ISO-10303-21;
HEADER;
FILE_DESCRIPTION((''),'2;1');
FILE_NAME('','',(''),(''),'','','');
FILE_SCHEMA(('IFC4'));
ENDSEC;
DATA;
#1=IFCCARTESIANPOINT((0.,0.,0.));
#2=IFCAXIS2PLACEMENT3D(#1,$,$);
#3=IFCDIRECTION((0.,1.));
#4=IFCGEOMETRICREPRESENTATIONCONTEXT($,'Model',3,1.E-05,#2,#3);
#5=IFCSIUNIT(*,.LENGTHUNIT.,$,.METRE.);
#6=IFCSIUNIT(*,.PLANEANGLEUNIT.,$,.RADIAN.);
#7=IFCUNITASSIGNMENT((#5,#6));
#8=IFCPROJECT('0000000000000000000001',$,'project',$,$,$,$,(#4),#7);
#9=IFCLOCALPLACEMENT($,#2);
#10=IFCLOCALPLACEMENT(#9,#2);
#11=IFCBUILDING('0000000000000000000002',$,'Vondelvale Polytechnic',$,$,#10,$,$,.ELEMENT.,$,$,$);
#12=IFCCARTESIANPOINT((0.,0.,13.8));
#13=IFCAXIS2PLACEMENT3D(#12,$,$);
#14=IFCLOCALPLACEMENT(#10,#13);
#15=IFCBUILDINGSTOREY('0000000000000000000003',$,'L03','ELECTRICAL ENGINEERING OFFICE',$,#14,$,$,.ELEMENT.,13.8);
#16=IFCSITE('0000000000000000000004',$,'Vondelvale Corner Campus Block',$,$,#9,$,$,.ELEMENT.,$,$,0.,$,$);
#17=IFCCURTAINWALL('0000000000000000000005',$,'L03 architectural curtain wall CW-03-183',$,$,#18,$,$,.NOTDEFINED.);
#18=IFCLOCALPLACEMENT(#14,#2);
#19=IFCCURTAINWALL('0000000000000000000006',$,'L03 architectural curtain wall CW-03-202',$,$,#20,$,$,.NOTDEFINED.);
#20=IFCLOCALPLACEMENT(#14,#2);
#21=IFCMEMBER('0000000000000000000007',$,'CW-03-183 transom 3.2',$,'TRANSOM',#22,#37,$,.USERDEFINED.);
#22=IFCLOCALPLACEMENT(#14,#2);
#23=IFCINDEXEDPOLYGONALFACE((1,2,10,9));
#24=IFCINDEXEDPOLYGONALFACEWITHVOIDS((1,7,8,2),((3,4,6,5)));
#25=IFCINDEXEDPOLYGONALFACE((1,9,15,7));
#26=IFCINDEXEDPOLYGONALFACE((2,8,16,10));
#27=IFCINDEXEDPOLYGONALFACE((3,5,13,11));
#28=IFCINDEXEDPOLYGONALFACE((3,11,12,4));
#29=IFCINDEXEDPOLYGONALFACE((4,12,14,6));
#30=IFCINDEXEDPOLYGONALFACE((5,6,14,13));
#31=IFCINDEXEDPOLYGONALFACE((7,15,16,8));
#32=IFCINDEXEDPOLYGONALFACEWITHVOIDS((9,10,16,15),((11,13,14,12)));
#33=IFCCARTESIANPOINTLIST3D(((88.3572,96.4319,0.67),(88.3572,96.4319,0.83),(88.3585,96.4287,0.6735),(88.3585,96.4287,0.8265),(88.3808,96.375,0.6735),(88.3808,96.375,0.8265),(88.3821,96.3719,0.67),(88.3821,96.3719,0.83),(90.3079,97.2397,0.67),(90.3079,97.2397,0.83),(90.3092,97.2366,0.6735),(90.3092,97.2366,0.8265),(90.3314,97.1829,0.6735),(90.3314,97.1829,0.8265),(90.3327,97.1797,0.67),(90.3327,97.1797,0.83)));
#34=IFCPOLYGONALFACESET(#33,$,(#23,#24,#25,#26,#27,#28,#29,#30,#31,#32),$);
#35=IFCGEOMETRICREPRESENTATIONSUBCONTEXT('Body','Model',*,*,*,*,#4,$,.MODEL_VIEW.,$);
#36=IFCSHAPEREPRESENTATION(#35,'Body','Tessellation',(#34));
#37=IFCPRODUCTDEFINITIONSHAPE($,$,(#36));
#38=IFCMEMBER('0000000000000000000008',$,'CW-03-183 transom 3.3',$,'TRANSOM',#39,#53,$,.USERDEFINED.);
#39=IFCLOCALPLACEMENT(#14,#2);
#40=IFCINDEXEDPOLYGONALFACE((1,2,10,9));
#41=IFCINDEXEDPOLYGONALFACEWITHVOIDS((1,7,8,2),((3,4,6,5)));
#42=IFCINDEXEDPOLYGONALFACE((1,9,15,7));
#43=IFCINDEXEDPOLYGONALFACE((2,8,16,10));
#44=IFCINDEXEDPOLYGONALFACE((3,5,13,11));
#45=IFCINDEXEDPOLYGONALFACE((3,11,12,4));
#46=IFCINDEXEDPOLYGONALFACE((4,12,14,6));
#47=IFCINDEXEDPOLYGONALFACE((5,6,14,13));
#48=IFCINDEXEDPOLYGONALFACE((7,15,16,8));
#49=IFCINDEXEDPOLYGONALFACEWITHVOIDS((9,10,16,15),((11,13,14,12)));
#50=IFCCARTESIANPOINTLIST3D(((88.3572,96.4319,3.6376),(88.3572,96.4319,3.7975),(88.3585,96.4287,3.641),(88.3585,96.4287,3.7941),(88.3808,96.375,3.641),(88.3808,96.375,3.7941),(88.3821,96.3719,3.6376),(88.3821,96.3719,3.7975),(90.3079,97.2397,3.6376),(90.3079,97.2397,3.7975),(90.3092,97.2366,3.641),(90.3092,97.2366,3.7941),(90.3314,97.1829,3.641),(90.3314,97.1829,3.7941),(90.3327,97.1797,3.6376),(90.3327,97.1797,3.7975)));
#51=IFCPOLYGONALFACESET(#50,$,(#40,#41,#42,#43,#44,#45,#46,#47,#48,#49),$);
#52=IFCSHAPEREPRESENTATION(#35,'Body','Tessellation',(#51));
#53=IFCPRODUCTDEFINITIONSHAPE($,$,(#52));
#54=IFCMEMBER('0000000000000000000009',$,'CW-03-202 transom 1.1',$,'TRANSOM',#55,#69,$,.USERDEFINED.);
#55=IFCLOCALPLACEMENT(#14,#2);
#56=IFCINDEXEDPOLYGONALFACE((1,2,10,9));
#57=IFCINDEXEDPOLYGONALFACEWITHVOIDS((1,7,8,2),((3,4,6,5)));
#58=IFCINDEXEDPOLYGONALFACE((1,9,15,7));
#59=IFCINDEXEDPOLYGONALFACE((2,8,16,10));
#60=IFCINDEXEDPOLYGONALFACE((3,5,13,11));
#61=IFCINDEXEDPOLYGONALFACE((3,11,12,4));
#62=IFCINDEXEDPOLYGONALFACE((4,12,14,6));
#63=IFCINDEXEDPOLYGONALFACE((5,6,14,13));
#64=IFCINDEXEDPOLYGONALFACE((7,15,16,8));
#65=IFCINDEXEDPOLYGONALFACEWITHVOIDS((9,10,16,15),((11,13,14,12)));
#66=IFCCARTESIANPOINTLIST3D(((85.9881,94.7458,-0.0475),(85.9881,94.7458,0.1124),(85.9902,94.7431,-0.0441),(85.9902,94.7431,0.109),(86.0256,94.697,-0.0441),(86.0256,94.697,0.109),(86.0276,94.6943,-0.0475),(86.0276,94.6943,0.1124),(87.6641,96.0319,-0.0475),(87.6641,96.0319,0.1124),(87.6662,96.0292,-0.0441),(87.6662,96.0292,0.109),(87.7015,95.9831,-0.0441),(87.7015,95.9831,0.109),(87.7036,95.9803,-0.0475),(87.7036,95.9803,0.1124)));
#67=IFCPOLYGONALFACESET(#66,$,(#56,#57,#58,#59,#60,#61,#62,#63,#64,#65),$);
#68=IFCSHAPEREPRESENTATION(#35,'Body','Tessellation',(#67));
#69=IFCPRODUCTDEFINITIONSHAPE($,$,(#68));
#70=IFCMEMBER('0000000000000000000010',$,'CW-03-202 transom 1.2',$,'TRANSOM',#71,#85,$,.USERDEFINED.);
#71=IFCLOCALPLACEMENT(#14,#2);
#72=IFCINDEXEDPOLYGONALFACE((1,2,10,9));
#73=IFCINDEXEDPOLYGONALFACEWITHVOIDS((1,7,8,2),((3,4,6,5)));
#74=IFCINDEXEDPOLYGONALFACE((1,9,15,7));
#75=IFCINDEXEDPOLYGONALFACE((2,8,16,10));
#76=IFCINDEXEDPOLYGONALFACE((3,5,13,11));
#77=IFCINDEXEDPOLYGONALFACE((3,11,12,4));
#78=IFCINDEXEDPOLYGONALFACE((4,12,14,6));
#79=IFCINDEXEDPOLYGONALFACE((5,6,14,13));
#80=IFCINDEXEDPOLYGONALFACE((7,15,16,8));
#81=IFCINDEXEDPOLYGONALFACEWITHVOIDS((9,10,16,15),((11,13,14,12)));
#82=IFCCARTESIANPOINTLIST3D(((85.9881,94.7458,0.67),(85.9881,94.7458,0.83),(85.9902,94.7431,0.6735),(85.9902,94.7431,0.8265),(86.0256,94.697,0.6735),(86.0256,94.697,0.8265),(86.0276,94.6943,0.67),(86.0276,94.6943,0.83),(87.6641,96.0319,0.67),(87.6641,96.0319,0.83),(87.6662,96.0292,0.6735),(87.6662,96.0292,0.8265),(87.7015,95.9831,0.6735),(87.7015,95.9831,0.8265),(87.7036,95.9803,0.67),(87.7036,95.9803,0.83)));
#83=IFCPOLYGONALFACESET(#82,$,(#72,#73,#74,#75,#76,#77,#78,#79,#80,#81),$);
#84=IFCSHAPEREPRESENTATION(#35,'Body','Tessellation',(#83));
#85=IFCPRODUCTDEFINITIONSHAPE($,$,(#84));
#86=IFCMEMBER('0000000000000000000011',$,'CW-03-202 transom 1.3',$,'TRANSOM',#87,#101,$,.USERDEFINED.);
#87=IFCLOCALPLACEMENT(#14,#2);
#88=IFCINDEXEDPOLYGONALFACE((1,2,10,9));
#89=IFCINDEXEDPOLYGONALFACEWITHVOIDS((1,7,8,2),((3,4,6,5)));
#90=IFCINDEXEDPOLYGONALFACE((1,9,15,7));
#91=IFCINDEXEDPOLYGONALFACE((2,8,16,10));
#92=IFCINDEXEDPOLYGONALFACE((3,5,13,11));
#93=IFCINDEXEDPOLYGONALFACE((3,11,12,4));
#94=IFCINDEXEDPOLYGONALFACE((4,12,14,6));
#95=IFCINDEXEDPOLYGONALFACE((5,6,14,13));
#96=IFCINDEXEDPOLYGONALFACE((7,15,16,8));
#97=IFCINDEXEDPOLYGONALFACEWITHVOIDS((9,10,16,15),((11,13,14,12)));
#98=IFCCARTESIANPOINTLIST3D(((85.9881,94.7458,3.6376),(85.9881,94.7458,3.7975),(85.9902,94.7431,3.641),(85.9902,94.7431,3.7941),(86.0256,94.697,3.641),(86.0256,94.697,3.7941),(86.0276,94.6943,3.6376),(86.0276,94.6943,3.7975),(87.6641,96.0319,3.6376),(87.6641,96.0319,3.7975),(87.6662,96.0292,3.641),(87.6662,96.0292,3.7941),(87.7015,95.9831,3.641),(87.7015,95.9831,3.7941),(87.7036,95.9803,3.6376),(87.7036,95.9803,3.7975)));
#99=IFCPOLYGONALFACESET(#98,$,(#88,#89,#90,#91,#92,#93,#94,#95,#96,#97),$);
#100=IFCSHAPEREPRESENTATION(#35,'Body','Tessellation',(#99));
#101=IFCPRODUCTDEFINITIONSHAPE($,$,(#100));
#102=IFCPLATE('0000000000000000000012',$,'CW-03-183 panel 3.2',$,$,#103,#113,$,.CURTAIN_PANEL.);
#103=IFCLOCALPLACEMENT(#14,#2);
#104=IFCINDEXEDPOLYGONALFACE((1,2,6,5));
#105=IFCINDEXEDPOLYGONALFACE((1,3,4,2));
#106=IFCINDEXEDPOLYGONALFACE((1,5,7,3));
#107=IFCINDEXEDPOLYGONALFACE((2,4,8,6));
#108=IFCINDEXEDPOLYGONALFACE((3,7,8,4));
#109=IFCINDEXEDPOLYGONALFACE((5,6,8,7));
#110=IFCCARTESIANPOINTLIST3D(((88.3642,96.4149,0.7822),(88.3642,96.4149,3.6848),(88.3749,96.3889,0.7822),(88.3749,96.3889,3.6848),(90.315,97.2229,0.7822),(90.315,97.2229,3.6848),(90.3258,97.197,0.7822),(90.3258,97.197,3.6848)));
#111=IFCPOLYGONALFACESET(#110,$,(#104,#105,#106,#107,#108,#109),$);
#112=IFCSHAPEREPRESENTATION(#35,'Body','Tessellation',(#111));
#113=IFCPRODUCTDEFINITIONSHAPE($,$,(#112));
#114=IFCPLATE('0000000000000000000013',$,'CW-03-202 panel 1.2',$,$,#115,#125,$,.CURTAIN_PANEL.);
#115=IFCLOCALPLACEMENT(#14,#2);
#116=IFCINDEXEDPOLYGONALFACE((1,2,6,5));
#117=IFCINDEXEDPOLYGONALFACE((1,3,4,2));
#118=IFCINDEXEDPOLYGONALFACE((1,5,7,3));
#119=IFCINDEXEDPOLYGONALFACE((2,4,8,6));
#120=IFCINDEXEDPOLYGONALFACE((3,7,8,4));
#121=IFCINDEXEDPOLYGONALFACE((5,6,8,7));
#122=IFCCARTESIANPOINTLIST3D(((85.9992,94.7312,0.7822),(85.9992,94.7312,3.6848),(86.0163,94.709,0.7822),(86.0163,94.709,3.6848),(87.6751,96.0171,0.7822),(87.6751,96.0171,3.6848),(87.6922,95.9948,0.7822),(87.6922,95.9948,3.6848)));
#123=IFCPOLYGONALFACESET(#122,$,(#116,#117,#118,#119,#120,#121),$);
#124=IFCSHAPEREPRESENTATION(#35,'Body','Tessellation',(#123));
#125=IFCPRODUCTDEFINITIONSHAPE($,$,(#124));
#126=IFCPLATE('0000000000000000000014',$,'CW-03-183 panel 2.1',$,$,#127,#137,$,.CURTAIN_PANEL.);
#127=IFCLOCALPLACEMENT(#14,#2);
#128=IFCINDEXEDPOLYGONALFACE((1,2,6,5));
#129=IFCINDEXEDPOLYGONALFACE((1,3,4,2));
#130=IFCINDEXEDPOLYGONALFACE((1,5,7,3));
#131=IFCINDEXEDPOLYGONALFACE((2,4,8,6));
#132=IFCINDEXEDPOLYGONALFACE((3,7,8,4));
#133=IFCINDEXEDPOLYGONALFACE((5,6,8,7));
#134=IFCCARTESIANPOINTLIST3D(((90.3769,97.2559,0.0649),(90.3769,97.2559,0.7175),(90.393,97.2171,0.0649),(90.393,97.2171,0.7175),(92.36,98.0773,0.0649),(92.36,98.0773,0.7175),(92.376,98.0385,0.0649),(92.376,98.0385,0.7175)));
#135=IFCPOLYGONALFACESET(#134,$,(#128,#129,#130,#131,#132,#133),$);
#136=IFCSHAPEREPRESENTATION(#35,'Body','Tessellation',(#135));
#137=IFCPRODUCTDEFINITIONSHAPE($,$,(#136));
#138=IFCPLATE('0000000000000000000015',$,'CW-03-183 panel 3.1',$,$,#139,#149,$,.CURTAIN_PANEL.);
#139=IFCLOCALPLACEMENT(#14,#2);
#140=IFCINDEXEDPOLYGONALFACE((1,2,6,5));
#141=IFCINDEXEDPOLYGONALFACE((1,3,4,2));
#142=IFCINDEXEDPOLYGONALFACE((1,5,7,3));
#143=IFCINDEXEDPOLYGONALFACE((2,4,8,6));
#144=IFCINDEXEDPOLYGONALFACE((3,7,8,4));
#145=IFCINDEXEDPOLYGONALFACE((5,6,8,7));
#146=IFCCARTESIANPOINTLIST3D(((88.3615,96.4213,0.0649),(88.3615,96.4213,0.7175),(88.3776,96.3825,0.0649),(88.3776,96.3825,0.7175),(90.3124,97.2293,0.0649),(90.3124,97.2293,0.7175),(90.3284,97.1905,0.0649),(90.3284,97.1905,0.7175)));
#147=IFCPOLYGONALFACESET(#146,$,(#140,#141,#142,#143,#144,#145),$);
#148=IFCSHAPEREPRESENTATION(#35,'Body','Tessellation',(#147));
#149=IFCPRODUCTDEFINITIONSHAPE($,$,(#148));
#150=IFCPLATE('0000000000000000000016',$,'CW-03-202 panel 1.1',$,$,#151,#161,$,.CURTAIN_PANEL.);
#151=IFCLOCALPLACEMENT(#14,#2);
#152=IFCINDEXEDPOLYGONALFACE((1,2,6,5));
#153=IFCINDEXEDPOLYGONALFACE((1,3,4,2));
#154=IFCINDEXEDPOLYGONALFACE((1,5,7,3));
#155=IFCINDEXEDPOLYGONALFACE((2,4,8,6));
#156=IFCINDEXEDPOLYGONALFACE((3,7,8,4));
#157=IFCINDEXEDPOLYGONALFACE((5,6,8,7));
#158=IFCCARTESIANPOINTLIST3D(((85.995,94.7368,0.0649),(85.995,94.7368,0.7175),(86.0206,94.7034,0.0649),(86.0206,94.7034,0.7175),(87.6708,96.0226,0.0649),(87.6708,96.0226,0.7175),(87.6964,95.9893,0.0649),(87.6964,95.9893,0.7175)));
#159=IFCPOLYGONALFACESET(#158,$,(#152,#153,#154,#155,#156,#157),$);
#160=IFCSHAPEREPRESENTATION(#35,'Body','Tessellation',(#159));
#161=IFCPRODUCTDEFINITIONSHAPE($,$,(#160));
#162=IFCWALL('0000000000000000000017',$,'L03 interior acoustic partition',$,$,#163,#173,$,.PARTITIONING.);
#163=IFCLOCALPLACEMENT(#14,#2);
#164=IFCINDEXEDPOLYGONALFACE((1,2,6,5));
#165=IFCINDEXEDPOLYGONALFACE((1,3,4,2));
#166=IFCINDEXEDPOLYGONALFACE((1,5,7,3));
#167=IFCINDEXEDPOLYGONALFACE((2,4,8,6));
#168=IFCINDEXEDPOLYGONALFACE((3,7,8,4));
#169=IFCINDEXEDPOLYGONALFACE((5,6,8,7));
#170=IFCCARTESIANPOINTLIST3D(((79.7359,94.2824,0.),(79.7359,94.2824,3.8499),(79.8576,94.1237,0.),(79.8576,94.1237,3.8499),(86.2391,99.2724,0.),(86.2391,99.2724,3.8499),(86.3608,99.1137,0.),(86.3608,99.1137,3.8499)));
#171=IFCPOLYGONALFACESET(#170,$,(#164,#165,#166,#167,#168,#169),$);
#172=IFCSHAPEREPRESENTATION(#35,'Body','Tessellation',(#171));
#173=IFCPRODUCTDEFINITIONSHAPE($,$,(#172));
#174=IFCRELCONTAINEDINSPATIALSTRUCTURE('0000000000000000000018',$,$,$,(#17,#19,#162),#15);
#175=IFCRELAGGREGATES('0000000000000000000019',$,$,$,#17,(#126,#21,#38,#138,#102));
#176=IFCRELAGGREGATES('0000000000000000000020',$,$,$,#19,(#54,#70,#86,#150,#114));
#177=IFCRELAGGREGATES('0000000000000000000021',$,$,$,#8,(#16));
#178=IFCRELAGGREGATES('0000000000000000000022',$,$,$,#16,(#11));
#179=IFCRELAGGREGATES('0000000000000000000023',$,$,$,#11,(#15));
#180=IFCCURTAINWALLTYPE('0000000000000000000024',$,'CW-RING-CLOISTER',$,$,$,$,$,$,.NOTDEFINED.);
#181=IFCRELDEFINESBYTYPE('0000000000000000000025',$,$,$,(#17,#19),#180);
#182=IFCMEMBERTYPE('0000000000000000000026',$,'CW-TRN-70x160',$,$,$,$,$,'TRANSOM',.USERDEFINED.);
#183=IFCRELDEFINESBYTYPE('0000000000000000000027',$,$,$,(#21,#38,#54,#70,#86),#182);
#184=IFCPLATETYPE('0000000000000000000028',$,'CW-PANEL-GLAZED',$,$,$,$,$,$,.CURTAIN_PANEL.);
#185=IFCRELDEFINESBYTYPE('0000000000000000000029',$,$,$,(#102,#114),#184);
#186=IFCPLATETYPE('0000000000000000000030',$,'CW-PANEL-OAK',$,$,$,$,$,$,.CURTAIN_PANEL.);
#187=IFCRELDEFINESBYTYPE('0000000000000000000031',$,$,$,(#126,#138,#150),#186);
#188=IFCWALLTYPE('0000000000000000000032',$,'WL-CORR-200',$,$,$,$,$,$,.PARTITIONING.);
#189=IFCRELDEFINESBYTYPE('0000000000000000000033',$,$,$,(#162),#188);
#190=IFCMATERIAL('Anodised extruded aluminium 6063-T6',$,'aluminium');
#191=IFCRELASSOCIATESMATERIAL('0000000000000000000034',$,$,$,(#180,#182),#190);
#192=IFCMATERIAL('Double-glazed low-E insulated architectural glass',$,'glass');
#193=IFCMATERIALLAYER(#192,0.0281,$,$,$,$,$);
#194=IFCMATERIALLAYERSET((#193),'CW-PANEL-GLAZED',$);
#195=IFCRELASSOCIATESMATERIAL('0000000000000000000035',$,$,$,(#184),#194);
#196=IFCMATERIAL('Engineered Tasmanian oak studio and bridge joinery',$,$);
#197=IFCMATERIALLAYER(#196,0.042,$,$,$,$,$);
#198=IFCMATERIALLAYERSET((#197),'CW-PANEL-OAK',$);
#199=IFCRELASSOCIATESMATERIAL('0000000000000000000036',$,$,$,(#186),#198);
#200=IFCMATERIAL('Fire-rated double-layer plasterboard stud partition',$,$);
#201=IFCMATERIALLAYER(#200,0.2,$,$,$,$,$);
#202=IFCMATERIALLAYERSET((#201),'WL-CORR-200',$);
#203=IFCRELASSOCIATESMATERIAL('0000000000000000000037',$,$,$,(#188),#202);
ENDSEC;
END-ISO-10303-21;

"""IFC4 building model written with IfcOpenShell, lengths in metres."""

from ifc_helpers import new_model, si_unit, direction, frame, frame_2d, origin, origin_2d, place, context, subcontext, project, spatial, rectangle, hollow_rectangle, extrude, material, layer, layer_set, material_profile, profile_set, type_object, element, aggregate, save


model = new_model("IFC4")

# Units and contexts
model_context = context("Model", 3, precision=1e-05, world=origin(), true_north=direction((0.0, 1.0)))
body_context = subcontext(model_context, "Body", "Model", "MODEL_VIEW")
ifc_project = project(units=[si_unit("LENGTHUNIT", "METRE"), si_unit("PLANEANGLEUNIT", "RADIAN")], contexts=[model_context])

# Site, building, storey
site_placement = place(None, origin())
site = spatial("IfcSite", under=ifc_project, at=site_placement, Name="Vondelvale Corner Campus Block", CompositionType="ELEMENT", RefElevation=0.0)
building_placement = place(site_placement, origin())
building = spatial("IfcBuilding", under=site, at=building_placement, Name="Vondelvale Polytechnic", CompositionType="ELEMENT")
storey_placement = place(building_placement, frame((0.0, 0.0, 13.8)))
storey = spatial("IfcBuildingStorey", under=building, at=storey_placement, Name="L03", Description="ELECTRICAL ENGINEERING OFFICE", CompositionType="ELEMENT", Elevation=13.8)

# Curtain walls
ifc_material_1 = material(Name="Anodised extruded aluminium 6063-T6", Category="aluminium")
curtain_wall_type = type_object("IfcCurtainWallType", Name="CW-RING-CLOISTER", PredefinedType="NOTDEFINED", material=ifc_material_1)
curtain_wall_1_placement = place(storey_placement, origin())
curtain_wall_1 = element("IfcCurtainWall", 1, at=curtain_wall_1_placement, inside=storey, type_object=curtain_wall_type, Name="L03 architectural curtain wall CW-03-183", PredefinedType="NOTDEFINED")
curtain_wall_2_placement = place(storey_placement, origin())
curtain_wall_2 = element("IfcCurtainWall", 2, at=curtain_wall_2_placement, inside=storey, type_object=curtain_wall_type, Name="L03 architectural curtain wall CW-03-202", PredefinedType="NOTDEFINED")

# Members
ifc_material_profile_1 = material_profile(ifc_material_1, hollow_rectangle(XDim=0.0649, YDim=0.1599, WallThickness=0.0034, at=origin_2d()), Name="CW-TRN-160x65")
ifc_profile_set_1 = profile_set([ifc_material_profile_1], Name="Anodised extruded aluminium 6063-T6")
member_type_1 = type_object("IfcMemberType", Name="CW-TRN-70x160", ElementType="TRANSOM", PredefinedType="USERDEFINED", material=ifc_profile_set_1)
member_1_placement = place(storey_placement, frame((90.3203, 97.2097, 0.75), z_axis=(-0.923903, -0.382628, 0.0), x_axis=(0.382628, -0.923903, 0.0)))
member_1 = element("IfcMember", 3, at=member_1_placement, type_object=member_type_1, Name="CW-03-183 transom 3.2", ObjectType="TRANSOM", PredefinedType="USERDEFINED", context=body_context, shape_type="SweptSolid", body=[
    extrude(hollow_rectangle(XDim=0.0649, YDim=0.1599, WallThickness=0.0034, at=origin_2d()), origin(), (0.0, 0.0, 1.0), 2.1113),
])
member_2_placement = place(storey_placement, frame((90.3203, 97.2097, 3.7175), z_axis=(-0.923903, -0.382628, 0.0), x_axis=(0.382628, -0.923903, 0.0)))
member_2 = element("IfcMember", 4, at=member_2_placement, type_object=member_type_1, Name="CW-03-183 transom 3.3", ObjectType="TRANSOM", PredefinedType="USERDEFINED", context=body_context, shape_type="SweptSolid", body=[
    extrude(hollow_rectangle(XDim=0.0649, YDim=0.1599, WallThickness=0.0034, at=origin_2d()), origin(), (0.0, 0.0, 1.0), 2.1113),
])
member_3_placement = place(storey_placement, frame((87.6838, 96.0061, 0.0325), z_axis=(-0.793337, -0.608783, 0.0), x_axis=(0.608783, -0.793337, 0.0)))
member_3 = element("IfcMember", 5, at=member_3_placement, type_object=member_type_1, Name="CW-03-202 transom 1.1", ObjectType="TRANSOM", PredefinedType="USERDEFINED", context=body_context, shape_type="SweptSolid", body=[
    extrude(hollow_rectangle(XDim=0.0649, YDim=0.1599, WallThickness=0.0034, at=origin_2d()), origin(), (0.0, 0.0, 1.0), 2.1125),
])
member_4_placement = place(storey_placement, frame((87.6838, 96.0061, 0.75), z_axis=(-0.793337, -0.608783, 0.0), x_axis=(0.608783, -0.793337, 0.0)))
member_4 = element("IfcMember", 6, at=member_4_placement, type_object=member_type_1, Name="CW-03-202 transom 1.2", ObjectType="TRANSOM", PredefinedType="USERDEFINED", context=body_context, shape_type="SweptSolid", body=[
    extrude(hollow_rectangle(XDim=0.0649, YDim=0.1599, WallThickness=0.0034, at=origin_2d()), origin(), (0.0, 0.0, 1.0), 2.1125),
])
member_5_placement = place(storey_placement, frame((87.6838, 96.0061, 3.7175), z_axis=(-0.793337, -0.608783, 0.0), x_axis=(0.608783, -0.793337, 0.0)))
member_5 = element("IfcMember", 7, at=member_5_placement, type_object=member_type_1, Name="CW-03-202 transom 1.3", ObjectType="TRANSOM", PredefinedType="USERDEFINED", context=body_context, shape_type="SweptSolid", body=[
    extrude(hollow_rectangle(XDim=0.0649, YDim=0.1599, WallThickness=0.0034, at=origin_2d()), origin(), (0.0, 0.0, 1.0), 2.1125),
])

# Plates
ifc_material_2 = material(Name="Double-glazed low-E insulated architectural glass", Category="glass")
ifc_layer_1 = layer(ifc_material_2, 0.0281)
ifc_layer_set_1 = layer_set([ifc_layer_1], Name="CW-PANEL-GLAZED")
plate_type_1 = type_object("IfcPlateType", Name="CW-PANEL-GLAZED", PredefinedType="CURTAIN_PANEL", material=ifc_layer_set_1)
plate_1_placement = place(storey_placement, frame((89.345, 96.8059, 0.7822), z_axis=(0.0, 0.0, 1.0), x_axis=(-0.923882, -0.382679, 0.0)))
plate_1 = element("IfcPlate", 8, at=plate_1_placement, type_object=plate_type_1, Name="CW-03-183 panel 3.2", PredefinedType="CURTAIN_PANEL", context=body_context, shape_type="SweptSolid", body=[
    extrude(rectangle(XDim=2.1116, YDim=0.0281, at=origin_2d()), origin(), (0.0, 0.0, 1.0), 2.9026),
])
plate_2_placement = place(storey_placement, frame((86.8457, 95.363, 0.7822), z_axis=(0.0, 0.0, 1.0), x_axis=(-0.793364, -0.608748, 0.0)))
plate_2 = element("IfcPlate", 9, at=plate_2_placement, type_object=plate_type_1, Name="CW-03-202 panel 1.2", PredefinedType="CURTAIN_PANEL", context=body_context, shape_type="SweptSolid", body=[
    extrude(rectangle(XDim=2.1123, YDim=0.0281, at=origin_2d()), origin(), (0.0, 0.0, 1.0), 2.9026),
])
ifc_material_3 = material(Name="Engineered Tasmanian oak studio and bridge joinery")
ifc_layer_2 = layer(ifc_material_3, 0.042)
ifc_layer_set_2 = layer_set([ifc_layer_2], Name="CW-PANEL-OAK")
plate_type_2 = type_object("IfcPlateType", Name="CW-PANEL-OAK", PredefinedType="CURTAIN_PANEL", material=ifc_layer_set_2)
plate_3_placement = place(storey_placement, frame((91.3765, 97.6472, 0.0649), z_axis=(0.0, 0.0, 1.0), x_axis=(-0.923882, -0.382679, 0.0)))
plate_3 = element("IfcPlate", 10, at=plate_3_placement, type_object=plate_type_2, Name="CW-03-183 panel 2.1", PredefinedType="CURTAIN_PANEL", context=body_context, shape_type="SweptSolid", body=[
    extrude(rectangle(XDim=2.1465, YDim=0.042, at=origin_2d()), origin(), (0.0, 0.0, 1.0), 0.6526),
])
plate_4_placement = place(storey_placement, frame((89.345, 96.8059, 0.0649), z_axis=(0.0, 0.0, 1.0), x_axis=(-0.923882, -0.382679, 0.0)))
plate_4 = element("IfcPlate", 11, at=plate_4_placement, type_object=plate_type_2, Name="CW-03-183 panel 3.1", PredefinedType="CURTAIN_PANEL", context=body_context, shape_type="SweptSolid", body=[
    extrude(rectangle(XDim=2.1116, YDim=0.042, at=origin_2d()), origin(), (0.0, 0.0, 1.0), 0.6526),
])
aggregate(curtain_wall_1, [plate_3, member_1, member_2, plate_4, plate_1])
plate_5_placement = place(storey_placement, frame((86.8457, 95.363, 0.0649), z_axis=(0.0, 0.0, 1.0), x_axis=(-0.793364, -0.608748, 0.0)))
plate_5 = element("IfcPlate", 12, at=plate_5_placement, type_object=plate_type_2, Name="CW-03-202 panel 1.1", PredefinedType="CURTAIN_PANEL", context=body_context, shape_type="SweptSolid", body=[
    extrude(rectangle(XDim=2.1123, YDim=0.042, at=origin_2d()), origin(), (0.0, 0.0, 1.0), 0.6526),
])
aggregate(curtain_wall_2, [member_3, member_4, member_5, plate_5, plate_2])

# Wall
ifc_material_4 = material(Name="Fire-rated double-layer plasterboard stud partition")
ifc_layer_3 = layer(ifc_material_4, 0.2)
ifc_layer_set_3 = layer_set([ifc_layer_3], Name="WL-CORR-200")
wall_type = type_object("IfcWallType", Name="WL-CORR-200", PredefinedType="PARTITIONING", material=ifc_layer_set_3)
wall_placement = place(storey_placement, frame((86.3, 99.1931, 0.0), z_axis=(0.0, 0.0, 1.0), x_axis=(-0.793357, -0.608756, 0.0)))
element("IfcWall", 13, at=wall_placement, inside=storey, type_object=wall_type, Name="L03 interior acoustic partition", PredefinedType="PARTITIONING", context=body_context, shape_type="SweptSolid", body=[
    extrude(rectangle(XDim=8.197, YDim=0.2, at=frame_2d((4.0986, 0.0))), origin(), (0.0, 0.0, 1.0), 3.8499),
])

save(model, "model.ifc")
